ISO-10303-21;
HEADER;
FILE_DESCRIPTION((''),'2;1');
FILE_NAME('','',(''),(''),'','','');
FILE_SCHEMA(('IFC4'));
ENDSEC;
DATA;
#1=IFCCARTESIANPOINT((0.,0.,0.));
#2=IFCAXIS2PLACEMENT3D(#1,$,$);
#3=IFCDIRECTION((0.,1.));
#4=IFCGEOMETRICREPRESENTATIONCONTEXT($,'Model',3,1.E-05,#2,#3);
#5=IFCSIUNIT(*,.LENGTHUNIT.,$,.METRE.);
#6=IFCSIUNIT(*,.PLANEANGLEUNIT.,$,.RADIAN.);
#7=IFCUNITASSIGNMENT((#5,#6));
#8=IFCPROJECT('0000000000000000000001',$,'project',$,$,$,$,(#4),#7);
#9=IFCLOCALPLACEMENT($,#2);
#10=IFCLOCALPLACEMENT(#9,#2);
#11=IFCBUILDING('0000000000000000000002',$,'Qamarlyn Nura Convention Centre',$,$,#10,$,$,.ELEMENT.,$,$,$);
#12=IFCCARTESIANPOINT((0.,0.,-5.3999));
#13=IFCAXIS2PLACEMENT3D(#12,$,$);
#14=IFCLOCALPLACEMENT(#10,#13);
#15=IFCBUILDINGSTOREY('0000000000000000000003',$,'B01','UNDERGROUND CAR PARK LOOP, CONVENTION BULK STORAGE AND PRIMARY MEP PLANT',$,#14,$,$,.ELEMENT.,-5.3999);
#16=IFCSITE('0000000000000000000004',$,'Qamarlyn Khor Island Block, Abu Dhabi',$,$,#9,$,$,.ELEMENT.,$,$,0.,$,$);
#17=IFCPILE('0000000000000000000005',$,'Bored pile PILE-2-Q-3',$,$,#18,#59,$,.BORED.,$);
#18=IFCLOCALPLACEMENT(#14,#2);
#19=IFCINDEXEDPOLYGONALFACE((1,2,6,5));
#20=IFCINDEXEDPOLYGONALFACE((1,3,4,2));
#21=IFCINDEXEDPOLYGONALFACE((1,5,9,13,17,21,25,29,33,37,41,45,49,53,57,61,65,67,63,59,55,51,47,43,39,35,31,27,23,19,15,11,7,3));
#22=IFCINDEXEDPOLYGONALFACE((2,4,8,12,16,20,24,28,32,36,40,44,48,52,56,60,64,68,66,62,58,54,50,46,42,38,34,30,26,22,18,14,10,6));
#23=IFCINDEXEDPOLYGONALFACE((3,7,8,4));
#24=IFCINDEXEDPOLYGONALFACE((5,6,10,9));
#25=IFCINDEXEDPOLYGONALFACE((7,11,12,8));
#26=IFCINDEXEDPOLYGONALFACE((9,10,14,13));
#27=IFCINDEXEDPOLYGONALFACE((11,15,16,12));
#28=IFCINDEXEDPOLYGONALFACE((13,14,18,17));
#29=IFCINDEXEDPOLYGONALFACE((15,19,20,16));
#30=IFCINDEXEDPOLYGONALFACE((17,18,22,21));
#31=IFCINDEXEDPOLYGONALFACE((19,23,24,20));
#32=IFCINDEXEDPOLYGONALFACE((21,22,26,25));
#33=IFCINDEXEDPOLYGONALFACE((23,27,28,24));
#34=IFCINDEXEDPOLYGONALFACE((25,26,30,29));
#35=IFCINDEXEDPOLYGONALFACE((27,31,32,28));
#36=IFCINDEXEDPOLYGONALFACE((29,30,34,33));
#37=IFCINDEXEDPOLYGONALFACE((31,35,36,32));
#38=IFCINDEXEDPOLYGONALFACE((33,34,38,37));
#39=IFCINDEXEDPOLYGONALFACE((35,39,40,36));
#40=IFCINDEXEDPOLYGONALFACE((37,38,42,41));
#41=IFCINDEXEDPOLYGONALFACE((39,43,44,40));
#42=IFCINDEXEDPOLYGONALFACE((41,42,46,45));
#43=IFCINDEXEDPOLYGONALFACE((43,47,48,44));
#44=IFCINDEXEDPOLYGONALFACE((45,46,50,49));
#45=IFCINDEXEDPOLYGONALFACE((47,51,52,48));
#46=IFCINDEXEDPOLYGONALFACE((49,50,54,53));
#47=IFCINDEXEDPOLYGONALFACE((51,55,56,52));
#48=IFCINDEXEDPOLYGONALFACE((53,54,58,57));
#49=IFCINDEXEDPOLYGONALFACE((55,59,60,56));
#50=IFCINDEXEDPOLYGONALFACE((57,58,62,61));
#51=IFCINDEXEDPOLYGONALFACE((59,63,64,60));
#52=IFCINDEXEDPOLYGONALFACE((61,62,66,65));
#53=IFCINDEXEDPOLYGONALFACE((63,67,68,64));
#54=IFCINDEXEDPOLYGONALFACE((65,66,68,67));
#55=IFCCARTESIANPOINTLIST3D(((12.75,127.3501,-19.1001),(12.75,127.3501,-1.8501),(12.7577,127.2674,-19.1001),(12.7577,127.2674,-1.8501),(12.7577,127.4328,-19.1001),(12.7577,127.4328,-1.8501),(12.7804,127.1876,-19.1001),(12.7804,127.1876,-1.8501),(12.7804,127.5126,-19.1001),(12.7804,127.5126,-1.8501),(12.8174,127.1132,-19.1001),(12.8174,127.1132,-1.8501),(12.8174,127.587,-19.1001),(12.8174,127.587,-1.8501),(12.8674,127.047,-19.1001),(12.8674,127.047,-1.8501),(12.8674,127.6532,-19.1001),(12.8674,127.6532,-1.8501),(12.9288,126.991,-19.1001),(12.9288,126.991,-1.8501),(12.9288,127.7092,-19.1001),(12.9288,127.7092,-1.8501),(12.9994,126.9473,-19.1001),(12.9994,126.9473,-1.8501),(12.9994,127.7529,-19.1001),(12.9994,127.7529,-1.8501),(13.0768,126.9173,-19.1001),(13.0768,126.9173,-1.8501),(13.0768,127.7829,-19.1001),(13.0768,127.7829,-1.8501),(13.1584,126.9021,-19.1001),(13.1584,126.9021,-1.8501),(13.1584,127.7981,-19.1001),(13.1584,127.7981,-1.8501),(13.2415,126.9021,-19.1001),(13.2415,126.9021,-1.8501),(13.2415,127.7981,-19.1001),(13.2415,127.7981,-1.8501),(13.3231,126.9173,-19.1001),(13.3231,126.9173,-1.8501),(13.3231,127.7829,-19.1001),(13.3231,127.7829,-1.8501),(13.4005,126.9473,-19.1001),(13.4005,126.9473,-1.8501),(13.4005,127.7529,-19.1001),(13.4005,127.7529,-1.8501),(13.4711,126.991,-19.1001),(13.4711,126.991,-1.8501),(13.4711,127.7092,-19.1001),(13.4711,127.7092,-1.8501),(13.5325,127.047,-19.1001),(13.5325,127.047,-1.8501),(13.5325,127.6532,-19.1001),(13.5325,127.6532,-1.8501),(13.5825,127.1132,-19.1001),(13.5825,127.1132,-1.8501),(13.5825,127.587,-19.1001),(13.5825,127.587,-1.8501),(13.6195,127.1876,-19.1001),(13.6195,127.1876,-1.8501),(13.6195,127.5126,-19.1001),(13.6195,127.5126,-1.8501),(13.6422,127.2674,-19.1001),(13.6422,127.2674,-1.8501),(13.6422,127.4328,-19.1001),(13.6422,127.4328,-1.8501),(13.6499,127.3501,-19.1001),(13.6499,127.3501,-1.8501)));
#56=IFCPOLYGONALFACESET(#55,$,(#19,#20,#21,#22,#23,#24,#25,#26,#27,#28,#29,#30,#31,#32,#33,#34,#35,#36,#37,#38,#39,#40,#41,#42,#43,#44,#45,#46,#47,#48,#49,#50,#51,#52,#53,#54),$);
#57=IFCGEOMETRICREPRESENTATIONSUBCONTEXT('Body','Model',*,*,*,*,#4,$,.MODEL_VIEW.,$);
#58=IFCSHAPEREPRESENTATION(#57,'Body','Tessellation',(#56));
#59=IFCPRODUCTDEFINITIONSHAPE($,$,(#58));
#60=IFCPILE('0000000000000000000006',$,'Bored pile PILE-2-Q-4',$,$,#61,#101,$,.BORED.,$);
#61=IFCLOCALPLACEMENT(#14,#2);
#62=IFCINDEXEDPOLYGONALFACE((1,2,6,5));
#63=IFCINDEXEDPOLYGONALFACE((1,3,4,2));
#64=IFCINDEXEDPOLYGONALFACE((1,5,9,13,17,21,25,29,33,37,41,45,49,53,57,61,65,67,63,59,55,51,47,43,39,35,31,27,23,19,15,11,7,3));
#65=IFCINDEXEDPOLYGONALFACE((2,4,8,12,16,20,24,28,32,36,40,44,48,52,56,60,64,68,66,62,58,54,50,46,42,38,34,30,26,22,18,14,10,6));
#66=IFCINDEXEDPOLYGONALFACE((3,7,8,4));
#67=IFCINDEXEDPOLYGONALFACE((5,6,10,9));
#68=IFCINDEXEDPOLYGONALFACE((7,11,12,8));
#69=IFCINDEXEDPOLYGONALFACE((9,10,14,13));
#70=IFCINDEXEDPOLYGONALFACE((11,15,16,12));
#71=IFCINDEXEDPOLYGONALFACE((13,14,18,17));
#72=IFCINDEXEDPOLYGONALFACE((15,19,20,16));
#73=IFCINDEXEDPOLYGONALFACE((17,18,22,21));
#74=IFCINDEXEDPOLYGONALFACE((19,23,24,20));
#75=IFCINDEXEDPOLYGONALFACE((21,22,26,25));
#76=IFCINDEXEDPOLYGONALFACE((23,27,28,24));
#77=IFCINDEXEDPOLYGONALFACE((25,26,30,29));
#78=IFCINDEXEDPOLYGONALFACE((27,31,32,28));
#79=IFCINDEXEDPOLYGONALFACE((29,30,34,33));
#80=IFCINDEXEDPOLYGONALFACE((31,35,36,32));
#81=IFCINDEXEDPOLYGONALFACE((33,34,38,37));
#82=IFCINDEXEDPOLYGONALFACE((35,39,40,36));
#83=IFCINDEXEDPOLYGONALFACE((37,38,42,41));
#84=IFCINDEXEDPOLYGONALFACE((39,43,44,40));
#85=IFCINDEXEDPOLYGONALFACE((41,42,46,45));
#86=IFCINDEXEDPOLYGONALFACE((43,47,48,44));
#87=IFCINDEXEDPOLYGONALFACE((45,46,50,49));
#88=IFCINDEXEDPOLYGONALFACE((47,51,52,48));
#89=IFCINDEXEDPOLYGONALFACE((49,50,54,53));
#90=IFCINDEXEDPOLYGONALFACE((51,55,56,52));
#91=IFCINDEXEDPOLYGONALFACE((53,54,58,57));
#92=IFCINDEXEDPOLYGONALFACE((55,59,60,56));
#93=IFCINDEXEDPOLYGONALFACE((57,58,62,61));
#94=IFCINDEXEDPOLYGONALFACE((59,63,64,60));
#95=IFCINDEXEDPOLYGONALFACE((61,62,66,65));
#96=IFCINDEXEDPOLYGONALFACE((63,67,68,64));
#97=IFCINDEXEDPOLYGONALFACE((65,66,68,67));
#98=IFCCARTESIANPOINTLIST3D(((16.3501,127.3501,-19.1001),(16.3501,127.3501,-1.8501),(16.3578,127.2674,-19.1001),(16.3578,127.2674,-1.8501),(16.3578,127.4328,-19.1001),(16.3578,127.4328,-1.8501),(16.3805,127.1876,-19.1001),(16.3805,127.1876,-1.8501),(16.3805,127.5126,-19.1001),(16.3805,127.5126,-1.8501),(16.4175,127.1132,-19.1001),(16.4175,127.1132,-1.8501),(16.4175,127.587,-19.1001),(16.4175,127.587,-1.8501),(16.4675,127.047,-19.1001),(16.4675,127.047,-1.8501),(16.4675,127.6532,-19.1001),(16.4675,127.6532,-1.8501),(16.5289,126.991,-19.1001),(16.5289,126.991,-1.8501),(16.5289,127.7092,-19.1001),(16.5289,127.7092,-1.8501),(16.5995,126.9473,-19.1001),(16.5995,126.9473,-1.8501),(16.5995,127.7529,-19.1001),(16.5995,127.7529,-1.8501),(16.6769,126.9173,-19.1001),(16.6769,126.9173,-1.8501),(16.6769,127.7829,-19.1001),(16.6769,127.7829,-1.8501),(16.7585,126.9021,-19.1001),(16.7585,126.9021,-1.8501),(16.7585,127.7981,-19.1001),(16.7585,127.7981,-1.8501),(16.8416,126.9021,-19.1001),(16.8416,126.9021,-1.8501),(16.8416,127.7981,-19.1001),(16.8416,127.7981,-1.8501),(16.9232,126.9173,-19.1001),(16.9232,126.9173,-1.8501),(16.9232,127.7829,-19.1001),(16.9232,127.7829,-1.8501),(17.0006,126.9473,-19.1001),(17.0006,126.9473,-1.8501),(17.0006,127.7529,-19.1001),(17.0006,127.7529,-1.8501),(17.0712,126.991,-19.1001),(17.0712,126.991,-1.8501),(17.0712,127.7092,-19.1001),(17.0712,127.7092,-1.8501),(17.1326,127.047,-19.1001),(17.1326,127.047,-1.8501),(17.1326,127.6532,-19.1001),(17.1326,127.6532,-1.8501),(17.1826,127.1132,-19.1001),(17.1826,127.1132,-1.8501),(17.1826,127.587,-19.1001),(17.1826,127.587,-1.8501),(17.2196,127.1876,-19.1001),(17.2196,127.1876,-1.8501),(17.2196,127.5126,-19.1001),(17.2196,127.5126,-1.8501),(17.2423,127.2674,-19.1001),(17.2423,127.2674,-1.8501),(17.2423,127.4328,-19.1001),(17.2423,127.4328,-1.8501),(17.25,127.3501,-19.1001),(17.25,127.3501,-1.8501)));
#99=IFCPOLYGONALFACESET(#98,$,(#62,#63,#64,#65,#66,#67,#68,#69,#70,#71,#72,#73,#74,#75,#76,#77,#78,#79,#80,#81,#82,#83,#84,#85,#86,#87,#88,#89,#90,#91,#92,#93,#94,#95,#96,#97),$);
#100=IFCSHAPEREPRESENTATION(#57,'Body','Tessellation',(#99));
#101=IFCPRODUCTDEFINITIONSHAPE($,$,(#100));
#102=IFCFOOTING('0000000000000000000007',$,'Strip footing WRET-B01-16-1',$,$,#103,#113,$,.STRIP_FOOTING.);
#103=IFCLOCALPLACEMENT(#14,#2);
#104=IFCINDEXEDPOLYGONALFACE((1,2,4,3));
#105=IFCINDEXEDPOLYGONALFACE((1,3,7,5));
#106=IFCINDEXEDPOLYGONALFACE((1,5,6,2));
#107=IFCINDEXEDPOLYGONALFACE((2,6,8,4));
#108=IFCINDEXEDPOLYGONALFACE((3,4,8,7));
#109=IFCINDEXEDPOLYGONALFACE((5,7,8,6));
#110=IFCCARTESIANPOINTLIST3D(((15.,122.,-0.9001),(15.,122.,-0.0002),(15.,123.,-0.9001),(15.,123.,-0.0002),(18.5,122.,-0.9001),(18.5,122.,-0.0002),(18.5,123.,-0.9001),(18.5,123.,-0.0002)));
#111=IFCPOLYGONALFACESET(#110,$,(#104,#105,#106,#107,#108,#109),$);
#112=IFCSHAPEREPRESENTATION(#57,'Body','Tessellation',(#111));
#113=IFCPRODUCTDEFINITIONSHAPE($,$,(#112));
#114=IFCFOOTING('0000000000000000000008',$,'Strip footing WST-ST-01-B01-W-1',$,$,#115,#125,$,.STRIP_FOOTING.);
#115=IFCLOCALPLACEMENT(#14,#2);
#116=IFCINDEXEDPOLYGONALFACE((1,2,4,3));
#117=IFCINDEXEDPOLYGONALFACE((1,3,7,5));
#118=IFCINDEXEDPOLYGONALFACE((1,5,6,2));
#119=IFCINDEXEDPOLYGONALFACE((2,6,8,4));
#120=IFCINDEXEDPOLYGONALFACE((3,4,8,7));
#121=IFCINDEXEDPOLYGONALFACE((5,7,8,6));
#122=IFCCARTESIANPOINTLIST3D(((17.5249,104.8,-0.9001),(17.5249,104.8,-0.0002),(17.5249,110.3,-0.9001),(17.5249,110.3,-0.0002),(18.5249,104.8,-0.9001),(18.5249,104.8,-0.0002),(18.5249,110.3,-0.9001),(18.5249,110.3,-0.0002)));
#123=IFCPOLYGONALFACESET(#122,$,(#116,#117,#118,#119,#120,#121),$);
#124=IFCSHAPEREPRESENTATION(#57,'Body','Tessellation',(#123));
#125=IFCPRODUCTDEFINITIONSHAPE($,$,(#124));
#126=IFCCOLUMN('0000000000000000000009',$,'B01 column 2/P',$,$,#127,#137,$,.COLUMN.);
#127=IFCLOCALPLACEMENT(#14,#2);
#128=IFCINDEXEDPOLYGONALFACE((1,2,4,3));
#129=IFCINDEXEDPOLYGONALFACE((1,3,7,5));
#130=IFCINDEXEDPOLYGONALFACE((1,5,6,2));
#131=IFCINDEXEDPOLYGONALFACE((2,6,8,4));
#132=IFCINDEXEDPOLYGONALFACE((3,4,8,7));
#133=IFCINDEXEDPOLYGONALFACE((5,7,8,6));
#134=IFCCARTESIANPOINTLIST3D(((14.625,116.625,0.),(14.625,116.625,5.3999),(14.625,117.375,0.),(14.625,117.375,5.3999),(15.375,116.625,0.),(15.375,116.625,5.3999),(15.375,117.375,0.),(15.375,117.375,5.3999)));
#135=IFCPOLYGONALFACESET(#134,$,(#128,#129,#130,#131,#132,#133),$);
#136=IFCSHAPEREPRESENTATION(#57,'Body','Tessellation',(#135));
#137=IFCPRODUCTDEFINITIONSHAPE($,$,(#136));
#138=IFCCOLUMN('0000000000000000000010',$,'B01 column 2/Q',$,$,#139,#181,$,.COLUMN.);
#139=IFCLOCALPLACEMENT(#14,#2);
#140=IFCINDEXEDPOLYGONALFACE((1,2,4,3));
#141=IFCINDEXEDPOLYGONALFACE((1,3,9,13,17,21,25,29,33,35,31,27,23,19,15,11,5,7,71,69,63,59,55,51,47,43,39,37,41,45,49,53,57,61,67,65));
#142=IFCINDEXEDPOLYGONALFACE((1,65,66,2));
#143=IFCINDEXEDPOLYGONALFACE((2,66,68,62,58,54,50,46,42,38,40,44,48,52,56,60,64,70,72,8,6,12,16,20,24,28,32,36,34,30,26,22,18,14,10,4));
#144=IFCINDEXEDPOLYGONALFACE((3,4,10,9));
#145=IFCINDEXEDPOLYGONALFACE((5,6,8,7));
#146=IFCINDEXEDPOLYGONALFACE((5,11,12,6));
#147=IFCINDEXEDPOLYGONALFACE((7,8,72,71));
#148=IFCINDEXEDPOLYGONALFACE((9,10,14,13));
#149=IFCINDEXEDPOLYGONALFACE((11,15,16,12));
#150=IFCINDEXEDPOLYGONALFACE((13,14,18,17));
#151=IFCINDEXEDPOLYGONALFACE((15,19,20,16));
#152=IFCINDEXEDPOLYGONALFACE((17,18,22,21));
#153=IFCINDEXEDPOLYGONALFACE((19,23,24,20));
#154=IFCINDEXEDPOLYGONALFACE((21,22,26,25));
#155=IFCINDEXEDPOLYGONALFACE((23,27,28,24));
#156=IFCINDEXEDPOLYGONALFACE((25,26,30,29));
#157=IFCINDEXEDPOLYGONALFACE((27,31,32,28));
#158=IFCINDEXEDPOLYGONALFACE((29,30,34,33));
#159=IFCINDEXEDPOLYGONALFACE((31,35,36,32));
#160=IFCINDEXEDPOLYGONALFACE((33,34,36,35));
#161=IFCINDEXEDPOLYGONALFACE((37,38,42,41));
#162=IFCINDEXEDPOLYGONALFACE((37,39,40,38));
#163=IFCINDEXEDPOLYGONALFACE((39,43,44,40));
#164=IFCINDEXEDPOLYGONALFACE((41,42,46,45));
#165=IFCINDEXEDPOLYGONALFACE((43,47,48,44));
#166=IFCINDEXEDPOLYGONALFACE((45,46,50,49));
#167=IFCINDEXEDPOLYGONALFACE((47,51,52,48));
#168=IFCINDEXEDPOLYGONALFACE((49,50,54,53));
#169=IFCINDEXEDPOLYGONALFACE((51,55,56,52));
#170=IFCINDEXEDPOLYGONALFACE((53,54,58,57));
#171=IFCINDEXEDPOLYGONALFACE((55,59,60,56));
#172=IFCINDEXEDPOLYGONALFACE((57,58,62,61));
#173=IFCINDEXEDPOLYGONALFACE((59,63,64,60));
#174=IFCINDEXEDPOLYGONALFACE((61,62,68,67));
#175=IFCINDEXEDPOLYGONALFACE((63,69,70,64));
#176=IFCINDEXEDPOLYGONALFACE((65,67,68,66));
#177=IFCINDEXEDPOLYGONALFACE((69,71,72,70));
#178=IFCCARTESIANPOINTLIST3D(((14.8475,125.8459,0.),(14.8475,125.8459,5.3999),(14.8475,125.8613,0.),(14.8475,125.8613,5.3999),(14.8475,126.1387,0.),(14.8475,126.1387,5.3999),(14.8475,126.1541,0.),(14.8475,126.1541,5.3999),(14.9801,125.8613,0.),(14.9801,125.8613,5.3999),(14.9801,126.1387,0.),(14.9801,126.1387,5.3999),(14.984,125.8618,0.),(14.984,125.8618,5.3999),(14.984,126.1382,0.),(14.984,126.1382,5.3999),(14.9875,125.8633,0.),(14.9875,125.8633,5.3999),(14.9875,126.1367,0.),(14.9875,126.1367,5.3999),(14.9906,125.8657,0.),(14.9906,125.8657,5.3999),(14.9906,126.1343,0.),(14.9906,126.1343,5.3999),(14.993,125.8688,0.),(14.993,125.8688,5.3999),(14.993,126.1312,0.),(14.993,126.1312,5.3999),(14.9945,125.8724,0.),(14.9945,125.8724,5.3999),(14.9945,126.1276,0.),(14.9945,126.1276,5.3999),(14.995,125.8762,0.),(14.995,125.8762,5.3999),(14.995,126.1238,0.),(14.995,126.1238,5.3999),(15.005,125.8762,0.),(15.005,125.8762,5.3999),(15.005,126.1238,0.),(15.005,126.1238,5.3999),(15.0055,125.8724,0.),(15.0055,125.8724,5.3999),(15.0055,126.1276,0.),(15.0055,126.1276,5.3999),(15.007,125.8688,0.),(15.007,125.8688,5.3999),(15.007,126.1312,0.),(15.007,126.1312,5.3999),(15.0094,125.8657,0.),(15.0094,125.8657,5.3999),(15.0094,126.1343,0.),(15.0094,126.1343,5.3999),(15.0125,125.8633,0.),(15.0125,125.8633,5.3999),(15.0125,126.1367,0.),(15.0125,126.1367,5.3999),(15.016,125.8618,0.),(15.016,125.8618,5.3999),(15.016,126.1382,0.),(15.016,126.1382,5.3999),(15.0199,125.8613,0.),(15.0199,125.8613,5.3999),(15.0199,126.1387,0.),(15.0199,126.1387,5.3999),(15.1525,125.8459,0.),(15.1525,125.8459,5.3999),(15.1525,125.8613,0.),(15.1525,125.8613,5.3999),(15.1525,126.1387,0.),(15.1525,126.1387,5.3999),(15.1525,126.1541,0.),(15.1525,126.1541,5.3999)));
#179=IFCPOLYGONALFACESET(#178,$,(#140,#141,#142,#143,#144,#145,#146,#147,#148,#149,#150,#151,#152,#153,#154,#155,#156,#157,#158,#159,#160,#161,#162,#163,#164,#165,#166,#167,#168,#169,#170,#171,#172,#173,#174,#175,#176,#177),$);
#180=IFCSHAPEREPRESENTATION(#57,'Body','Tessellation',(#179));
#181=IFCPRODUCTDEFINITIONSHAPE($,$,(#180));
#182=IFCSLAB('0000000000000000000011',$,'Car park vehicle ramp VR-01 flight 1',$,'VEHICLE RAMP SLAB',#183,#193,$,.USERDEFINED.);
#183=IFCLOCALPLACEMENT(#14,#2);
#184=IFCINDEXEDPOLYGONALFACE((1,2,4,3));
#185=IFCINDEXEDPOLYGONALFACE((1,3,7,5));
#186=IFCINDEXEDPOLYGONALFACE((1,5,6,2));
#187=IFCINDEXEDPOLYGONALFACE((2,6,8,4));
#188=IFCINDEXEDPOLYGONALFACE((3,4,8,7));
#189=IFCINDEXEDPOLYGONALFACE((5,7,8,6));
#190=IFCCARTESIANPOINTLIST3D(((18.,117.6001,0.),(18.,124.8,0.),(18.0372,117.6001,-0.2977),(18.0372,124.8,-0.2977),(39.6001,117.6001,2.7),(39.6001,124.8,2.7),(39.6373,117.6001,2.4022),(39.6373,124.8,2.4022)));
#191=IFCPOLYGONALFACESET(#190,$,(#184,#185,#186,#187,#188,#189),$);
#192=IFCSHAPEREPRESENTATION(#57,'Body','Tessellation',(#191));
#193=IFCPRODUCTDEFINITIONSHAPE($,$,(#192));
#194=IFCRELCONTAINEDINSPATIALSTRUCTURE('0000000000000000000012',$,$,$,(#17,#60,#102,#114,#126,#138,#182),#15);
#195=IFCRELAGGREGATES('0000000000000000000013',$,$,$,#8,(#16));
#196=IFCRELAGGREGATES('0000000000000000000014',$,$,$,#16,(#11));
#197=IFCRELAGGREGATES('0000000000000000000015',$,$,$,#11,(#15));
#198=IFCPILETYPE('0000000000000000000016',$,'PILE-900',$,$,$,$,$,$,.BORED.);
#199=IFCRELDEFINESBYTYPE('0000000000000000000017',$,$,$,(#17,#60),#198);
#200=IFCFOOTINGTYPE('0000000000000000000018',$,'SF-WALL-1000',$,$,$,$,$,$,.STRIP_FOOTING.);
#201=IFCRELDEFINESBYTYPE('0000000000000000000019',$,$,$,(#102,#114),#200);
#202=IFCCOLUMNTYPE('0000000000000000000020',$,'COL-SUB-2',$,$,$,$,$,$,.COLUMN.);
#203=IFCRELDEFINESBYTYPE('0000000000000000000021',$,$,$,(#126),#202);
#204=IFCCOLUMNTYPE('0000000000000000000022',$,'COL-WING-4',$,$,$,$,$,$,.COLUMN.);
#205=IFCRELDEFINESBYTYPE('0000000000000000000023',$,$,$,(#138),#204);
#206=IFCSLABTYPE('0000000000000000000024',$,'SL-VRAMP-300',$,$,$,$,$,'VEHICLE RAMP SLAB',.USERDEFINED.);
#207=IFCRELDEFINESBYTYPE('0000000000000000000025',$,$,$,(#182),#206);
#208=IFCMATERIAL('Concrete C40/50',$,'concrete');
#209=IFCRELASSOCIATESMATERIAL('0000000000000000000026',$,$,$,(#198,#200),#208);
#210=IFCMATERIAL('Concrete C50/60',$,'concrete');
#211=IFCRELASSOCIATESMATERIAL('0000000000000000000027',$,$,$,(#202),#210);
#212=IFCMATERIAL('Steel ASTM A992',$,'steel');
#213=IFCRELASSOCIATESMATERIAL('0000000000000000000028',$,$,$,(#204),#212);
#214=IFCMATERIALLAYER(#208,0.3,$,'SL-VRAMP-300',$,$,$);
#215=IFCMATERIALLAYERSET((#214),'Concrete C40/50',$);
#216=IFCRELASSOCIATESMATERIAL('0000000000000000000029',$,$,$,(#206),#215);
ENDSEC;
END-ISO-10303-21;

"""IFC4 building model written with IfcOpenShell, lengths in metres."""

from ifc_helpers import new_model, si_unit, direction, frame, origin, origin_2d, place, context, subcontext, project, spatial, polyline, rectangle, circle, i_section, outline, extrude, material, layer, layer_set, material_profile, profile_set, type_object, element, save


model = new_model("IFC4")

# Units and contexts
model_context = context("Model", 3, precision=1e-05, world=origin(), true_north=direction((0.0, 1.0)))
body_context = subcontext(model_context, "Body", "Model", "MODEL_VIEW")
ifc_project = project(units=[si_unit("LENGTHUNIT", "METRE"), si_unit("PLANEANGLEUNIT", "RADIAN")], contexts=[model_context])

# Site, building, storey
site_placement = place(None, origin())
site = spatial("IfcSite", under=ifc_project, at=site_placement, Name="Qamarlyn Khor Island Block, Abu Dhabi", CompositionType="ELEMENT", RefElevation=0.0)
building_placement = place(site_placement, origin())
building = spatial("IfcBuilding", under=site, at=building_placement, Name="Qamarlyn Nura Convention Centre", CompositionType="ELEMENT")
storey_placement = place(building_placement, frame((0.0, 0.0, -5.3999)))
storey = spatial("IfcBuildingStorey", under=building, at=storey_placement, Name="B01", Description="UNDERGROUND CAR PARK LOOP, CONVENTION BULK STORAGE AND PRIMARY MEP PLANT", CompositionType="ELEMENT", Elevation=-5.3999)

# Shared definitions
ifc_material_1 = material(Name="Concrete C40/50", Category="concrete")

# Piles
ifc_material_profile_1 = material_profile(ifc_material_1, circle(Radius=0.45, at=origin_2d()), Name="BORED PILE 900")
ifc_profile_set_1 = profile_set([ifc_material_profile_1], Name="Concrete C40/50")
pile_type = type_object("IfcPileType", Name="PILE-900", PredefinedType="BORED", material=ifc_profile_set_1)
for number, where, z_axis, x_axis, name in (
    (1, (13.2, 127.3501, -1.8501), (0.0, 0.0, -1.0), (1.0, 0.0, 0.0), "Bored pile PILE-2-Q-3"),
    (2, (16.8, 127.3501, -1.8501), (0.0, 0.0, -1.0), (1.0, 0.0, 0.0), "Bored pile PILE-2-Q-4"),
):
    element("IfcPile", number, at=place(storey_placement, frame(where, z_axis=z_axis, x_axis=x_axis)), inside=storey, type_object=pile_type, Name=name, PredefinedType="BORED", context=body_context, shape_type="SweptSolid", body=[
        extrude(circle(Radius=0.45, at=origin_2d()), origin(), (0.0, 0.0, 1.0), 17.25),
    ])

# Footings
ifc_material_profile_2 = material_profile(ifc_material_1, rectangle(XDim=1.0, YDim=0.8999, at=origin_2d()), Name="RC STRIP 1000x900")
ifc_profile_set_2 = profile_set([ifc_material_profile_2], Name="Concrete C40/50")
footing_type_1 = type_object("IfcFootingType", Name="SF-WALL-1000", PredefinedType="STRIP_FOOTING", material=ifc_profile_set_2)
footing_1_placement = place(storey_placement, frame((15.0, 122.5, -0.4502), z_axis=(1.0, 0.0, 0.0), x_axis=(0.0, 1.0, 0.0)))
element("IfcFooting", 3, at=footing_1_placement, inside=storey, type_object=footing_type_1, Name="Strip footing WRET-B01-16-1", PredefinedType="STRIP_FOOTING", context=body_context, shape_type="SweptSolid", body=[
    extrude(rectangle(XDim=1.0, YDim=0.8999, at=origin_2d()), origin(), (0.0, 0.0, 1.0), 3.5),
])
footing_2_placement = place(storey_placement, frame((18.0249, 110.3, -0.4502), z_axis=(0.0, -1.0, 0.0), x_axis=(1.0, 0.0, 0.0)))
element("IfcFooting", 4, at=footing_2_placement, inside=storey, type_object=footing_type_1, Name="Strip footing WST-ST-01-B01-W-1", PredefinedType="STRIP_FOOTING", context=body_context, shape_type="SweptSolid", body=[
    extrude(rectangle(XDim=1.0, YDim=0.8999, at=origin_2d()), origin(), (0.0, 0.0, 1.0), 5.5),
])

# Columns
ifc_material_2 = material(Name="Concrete C50/60", Category="concrete")
ifc_material_profile_3 = material_profile(ifc_material_2, rectangle(XDim=0.75, YDim=0.75, at=origin_2d()), Name="RC 750x750")
ifc_profile_set_3 = profile_set([ifc_material_profile_3], Name="Concrete C50/60")
column_type_1 = type_object("IfcColumnType", Name="COL-SUB-2", PredefinedType="COLUMN", material=ifc_profile_set_3)
column_1_placement = place(storey_placement, frame((15.0, 117.0, 0.0), z_axis=(0.0, 0.0, 1.0), x_axis=(1.0, 0.0, 0.0)))
element("IfcColumn", 5, at=column_1_placement, inside=storey, type_object=column_type_1, Name="B01 column 2/P", PredefinedType="COLUMN", context=body_context, shape_type="SweptSolid", body=[
    extrude(rectangle(XDim=0.75, YDim=0.75, at=origin_2d()), origin(), (0.0, 0.0, 1.0), 5.3999),
])
ifc_material_3 = material(Name="Steel ASTM A992", Category="steel")
ifc_material_profile_4 = material_profile(ifc_material_3, i_section(OverallWidth=0.3049, OverallDepth=0.3081, WebThickness=0.01, FlangeThickness=0.0154, FilletRadius=0.0149, at=origin_2d()), Name="W310X97")
ifc_profile_set_4 = profile_set([ifc_material_profile_4], Name="Steel ASTM A992")
column_type_2 = type_object("IfcColumnType", Name="COL-WING-4", PredefinedType="COLUMN", material=ifc_profile_set_4)
column_2_placement = place(storey_placement, frame((15.0, 126.0, 0.0), z_axis=(0.0, 0.0, 1.0), x_axis=(1.0, 0.0, 0.0)))
element("IfcColumn", 6, at=column_2_placement, inside=storey, type_object=column_type_2, Name="B01 column 2/Q", PredefinedType="COLUMN", context=body_context, shape_type="SweptSolid", body=[
    extrude(i_section(OverallWidth=0.3049, OverallDepth=0.3081, WebThickness=0.01, FlangeThickness=0.0154, FilletRadius=0.0149, at=origin_2d()), origin(), (0.0, 0.0, 1.0), 5.3999),
])

# Slab
ifc_layer_1 = layer(ifc_material_1, 0.3, Name="SL-VRAMP-300")
ifc_layer_set_1 = layer_set([ifc_layer_1], Name="Concrete C40/50")
slab_type = type_object("IfcSlabType", Name="SL-VRAMP-300", ElementType="VEHICLE RAMP SLAB", PredefinedType="USERDEFINED", material=ifc_layer_set_1)
slab_placement = place(storey_placement, frame((18.0, 117.6001, 0.0), z_axis=(-0.124032, 0.0, 0.992278), x_axis=(0.992278, 0.0, 0.124032)))
element("IfcSlab", 7, at=slab_placement, inside=storey, type_object=slab_type, Name="Car park vehicle ramp VR-01 flight 1", ObjectType="VEHICLE RAMP SLAB", PredefinedType="USERDEFINED", context=body_context, shape_type="SweptSolid", body=[
    extrude(outline(polyline([(0.0, 0.0), (21.7682, 0.0), (21.7682, 7.2), (0.0, 7.2), (0.0, 0.0)])), origin(), (0.0, 0.0, -1.0), 0.3),
])

save(model, "model.ifc")
